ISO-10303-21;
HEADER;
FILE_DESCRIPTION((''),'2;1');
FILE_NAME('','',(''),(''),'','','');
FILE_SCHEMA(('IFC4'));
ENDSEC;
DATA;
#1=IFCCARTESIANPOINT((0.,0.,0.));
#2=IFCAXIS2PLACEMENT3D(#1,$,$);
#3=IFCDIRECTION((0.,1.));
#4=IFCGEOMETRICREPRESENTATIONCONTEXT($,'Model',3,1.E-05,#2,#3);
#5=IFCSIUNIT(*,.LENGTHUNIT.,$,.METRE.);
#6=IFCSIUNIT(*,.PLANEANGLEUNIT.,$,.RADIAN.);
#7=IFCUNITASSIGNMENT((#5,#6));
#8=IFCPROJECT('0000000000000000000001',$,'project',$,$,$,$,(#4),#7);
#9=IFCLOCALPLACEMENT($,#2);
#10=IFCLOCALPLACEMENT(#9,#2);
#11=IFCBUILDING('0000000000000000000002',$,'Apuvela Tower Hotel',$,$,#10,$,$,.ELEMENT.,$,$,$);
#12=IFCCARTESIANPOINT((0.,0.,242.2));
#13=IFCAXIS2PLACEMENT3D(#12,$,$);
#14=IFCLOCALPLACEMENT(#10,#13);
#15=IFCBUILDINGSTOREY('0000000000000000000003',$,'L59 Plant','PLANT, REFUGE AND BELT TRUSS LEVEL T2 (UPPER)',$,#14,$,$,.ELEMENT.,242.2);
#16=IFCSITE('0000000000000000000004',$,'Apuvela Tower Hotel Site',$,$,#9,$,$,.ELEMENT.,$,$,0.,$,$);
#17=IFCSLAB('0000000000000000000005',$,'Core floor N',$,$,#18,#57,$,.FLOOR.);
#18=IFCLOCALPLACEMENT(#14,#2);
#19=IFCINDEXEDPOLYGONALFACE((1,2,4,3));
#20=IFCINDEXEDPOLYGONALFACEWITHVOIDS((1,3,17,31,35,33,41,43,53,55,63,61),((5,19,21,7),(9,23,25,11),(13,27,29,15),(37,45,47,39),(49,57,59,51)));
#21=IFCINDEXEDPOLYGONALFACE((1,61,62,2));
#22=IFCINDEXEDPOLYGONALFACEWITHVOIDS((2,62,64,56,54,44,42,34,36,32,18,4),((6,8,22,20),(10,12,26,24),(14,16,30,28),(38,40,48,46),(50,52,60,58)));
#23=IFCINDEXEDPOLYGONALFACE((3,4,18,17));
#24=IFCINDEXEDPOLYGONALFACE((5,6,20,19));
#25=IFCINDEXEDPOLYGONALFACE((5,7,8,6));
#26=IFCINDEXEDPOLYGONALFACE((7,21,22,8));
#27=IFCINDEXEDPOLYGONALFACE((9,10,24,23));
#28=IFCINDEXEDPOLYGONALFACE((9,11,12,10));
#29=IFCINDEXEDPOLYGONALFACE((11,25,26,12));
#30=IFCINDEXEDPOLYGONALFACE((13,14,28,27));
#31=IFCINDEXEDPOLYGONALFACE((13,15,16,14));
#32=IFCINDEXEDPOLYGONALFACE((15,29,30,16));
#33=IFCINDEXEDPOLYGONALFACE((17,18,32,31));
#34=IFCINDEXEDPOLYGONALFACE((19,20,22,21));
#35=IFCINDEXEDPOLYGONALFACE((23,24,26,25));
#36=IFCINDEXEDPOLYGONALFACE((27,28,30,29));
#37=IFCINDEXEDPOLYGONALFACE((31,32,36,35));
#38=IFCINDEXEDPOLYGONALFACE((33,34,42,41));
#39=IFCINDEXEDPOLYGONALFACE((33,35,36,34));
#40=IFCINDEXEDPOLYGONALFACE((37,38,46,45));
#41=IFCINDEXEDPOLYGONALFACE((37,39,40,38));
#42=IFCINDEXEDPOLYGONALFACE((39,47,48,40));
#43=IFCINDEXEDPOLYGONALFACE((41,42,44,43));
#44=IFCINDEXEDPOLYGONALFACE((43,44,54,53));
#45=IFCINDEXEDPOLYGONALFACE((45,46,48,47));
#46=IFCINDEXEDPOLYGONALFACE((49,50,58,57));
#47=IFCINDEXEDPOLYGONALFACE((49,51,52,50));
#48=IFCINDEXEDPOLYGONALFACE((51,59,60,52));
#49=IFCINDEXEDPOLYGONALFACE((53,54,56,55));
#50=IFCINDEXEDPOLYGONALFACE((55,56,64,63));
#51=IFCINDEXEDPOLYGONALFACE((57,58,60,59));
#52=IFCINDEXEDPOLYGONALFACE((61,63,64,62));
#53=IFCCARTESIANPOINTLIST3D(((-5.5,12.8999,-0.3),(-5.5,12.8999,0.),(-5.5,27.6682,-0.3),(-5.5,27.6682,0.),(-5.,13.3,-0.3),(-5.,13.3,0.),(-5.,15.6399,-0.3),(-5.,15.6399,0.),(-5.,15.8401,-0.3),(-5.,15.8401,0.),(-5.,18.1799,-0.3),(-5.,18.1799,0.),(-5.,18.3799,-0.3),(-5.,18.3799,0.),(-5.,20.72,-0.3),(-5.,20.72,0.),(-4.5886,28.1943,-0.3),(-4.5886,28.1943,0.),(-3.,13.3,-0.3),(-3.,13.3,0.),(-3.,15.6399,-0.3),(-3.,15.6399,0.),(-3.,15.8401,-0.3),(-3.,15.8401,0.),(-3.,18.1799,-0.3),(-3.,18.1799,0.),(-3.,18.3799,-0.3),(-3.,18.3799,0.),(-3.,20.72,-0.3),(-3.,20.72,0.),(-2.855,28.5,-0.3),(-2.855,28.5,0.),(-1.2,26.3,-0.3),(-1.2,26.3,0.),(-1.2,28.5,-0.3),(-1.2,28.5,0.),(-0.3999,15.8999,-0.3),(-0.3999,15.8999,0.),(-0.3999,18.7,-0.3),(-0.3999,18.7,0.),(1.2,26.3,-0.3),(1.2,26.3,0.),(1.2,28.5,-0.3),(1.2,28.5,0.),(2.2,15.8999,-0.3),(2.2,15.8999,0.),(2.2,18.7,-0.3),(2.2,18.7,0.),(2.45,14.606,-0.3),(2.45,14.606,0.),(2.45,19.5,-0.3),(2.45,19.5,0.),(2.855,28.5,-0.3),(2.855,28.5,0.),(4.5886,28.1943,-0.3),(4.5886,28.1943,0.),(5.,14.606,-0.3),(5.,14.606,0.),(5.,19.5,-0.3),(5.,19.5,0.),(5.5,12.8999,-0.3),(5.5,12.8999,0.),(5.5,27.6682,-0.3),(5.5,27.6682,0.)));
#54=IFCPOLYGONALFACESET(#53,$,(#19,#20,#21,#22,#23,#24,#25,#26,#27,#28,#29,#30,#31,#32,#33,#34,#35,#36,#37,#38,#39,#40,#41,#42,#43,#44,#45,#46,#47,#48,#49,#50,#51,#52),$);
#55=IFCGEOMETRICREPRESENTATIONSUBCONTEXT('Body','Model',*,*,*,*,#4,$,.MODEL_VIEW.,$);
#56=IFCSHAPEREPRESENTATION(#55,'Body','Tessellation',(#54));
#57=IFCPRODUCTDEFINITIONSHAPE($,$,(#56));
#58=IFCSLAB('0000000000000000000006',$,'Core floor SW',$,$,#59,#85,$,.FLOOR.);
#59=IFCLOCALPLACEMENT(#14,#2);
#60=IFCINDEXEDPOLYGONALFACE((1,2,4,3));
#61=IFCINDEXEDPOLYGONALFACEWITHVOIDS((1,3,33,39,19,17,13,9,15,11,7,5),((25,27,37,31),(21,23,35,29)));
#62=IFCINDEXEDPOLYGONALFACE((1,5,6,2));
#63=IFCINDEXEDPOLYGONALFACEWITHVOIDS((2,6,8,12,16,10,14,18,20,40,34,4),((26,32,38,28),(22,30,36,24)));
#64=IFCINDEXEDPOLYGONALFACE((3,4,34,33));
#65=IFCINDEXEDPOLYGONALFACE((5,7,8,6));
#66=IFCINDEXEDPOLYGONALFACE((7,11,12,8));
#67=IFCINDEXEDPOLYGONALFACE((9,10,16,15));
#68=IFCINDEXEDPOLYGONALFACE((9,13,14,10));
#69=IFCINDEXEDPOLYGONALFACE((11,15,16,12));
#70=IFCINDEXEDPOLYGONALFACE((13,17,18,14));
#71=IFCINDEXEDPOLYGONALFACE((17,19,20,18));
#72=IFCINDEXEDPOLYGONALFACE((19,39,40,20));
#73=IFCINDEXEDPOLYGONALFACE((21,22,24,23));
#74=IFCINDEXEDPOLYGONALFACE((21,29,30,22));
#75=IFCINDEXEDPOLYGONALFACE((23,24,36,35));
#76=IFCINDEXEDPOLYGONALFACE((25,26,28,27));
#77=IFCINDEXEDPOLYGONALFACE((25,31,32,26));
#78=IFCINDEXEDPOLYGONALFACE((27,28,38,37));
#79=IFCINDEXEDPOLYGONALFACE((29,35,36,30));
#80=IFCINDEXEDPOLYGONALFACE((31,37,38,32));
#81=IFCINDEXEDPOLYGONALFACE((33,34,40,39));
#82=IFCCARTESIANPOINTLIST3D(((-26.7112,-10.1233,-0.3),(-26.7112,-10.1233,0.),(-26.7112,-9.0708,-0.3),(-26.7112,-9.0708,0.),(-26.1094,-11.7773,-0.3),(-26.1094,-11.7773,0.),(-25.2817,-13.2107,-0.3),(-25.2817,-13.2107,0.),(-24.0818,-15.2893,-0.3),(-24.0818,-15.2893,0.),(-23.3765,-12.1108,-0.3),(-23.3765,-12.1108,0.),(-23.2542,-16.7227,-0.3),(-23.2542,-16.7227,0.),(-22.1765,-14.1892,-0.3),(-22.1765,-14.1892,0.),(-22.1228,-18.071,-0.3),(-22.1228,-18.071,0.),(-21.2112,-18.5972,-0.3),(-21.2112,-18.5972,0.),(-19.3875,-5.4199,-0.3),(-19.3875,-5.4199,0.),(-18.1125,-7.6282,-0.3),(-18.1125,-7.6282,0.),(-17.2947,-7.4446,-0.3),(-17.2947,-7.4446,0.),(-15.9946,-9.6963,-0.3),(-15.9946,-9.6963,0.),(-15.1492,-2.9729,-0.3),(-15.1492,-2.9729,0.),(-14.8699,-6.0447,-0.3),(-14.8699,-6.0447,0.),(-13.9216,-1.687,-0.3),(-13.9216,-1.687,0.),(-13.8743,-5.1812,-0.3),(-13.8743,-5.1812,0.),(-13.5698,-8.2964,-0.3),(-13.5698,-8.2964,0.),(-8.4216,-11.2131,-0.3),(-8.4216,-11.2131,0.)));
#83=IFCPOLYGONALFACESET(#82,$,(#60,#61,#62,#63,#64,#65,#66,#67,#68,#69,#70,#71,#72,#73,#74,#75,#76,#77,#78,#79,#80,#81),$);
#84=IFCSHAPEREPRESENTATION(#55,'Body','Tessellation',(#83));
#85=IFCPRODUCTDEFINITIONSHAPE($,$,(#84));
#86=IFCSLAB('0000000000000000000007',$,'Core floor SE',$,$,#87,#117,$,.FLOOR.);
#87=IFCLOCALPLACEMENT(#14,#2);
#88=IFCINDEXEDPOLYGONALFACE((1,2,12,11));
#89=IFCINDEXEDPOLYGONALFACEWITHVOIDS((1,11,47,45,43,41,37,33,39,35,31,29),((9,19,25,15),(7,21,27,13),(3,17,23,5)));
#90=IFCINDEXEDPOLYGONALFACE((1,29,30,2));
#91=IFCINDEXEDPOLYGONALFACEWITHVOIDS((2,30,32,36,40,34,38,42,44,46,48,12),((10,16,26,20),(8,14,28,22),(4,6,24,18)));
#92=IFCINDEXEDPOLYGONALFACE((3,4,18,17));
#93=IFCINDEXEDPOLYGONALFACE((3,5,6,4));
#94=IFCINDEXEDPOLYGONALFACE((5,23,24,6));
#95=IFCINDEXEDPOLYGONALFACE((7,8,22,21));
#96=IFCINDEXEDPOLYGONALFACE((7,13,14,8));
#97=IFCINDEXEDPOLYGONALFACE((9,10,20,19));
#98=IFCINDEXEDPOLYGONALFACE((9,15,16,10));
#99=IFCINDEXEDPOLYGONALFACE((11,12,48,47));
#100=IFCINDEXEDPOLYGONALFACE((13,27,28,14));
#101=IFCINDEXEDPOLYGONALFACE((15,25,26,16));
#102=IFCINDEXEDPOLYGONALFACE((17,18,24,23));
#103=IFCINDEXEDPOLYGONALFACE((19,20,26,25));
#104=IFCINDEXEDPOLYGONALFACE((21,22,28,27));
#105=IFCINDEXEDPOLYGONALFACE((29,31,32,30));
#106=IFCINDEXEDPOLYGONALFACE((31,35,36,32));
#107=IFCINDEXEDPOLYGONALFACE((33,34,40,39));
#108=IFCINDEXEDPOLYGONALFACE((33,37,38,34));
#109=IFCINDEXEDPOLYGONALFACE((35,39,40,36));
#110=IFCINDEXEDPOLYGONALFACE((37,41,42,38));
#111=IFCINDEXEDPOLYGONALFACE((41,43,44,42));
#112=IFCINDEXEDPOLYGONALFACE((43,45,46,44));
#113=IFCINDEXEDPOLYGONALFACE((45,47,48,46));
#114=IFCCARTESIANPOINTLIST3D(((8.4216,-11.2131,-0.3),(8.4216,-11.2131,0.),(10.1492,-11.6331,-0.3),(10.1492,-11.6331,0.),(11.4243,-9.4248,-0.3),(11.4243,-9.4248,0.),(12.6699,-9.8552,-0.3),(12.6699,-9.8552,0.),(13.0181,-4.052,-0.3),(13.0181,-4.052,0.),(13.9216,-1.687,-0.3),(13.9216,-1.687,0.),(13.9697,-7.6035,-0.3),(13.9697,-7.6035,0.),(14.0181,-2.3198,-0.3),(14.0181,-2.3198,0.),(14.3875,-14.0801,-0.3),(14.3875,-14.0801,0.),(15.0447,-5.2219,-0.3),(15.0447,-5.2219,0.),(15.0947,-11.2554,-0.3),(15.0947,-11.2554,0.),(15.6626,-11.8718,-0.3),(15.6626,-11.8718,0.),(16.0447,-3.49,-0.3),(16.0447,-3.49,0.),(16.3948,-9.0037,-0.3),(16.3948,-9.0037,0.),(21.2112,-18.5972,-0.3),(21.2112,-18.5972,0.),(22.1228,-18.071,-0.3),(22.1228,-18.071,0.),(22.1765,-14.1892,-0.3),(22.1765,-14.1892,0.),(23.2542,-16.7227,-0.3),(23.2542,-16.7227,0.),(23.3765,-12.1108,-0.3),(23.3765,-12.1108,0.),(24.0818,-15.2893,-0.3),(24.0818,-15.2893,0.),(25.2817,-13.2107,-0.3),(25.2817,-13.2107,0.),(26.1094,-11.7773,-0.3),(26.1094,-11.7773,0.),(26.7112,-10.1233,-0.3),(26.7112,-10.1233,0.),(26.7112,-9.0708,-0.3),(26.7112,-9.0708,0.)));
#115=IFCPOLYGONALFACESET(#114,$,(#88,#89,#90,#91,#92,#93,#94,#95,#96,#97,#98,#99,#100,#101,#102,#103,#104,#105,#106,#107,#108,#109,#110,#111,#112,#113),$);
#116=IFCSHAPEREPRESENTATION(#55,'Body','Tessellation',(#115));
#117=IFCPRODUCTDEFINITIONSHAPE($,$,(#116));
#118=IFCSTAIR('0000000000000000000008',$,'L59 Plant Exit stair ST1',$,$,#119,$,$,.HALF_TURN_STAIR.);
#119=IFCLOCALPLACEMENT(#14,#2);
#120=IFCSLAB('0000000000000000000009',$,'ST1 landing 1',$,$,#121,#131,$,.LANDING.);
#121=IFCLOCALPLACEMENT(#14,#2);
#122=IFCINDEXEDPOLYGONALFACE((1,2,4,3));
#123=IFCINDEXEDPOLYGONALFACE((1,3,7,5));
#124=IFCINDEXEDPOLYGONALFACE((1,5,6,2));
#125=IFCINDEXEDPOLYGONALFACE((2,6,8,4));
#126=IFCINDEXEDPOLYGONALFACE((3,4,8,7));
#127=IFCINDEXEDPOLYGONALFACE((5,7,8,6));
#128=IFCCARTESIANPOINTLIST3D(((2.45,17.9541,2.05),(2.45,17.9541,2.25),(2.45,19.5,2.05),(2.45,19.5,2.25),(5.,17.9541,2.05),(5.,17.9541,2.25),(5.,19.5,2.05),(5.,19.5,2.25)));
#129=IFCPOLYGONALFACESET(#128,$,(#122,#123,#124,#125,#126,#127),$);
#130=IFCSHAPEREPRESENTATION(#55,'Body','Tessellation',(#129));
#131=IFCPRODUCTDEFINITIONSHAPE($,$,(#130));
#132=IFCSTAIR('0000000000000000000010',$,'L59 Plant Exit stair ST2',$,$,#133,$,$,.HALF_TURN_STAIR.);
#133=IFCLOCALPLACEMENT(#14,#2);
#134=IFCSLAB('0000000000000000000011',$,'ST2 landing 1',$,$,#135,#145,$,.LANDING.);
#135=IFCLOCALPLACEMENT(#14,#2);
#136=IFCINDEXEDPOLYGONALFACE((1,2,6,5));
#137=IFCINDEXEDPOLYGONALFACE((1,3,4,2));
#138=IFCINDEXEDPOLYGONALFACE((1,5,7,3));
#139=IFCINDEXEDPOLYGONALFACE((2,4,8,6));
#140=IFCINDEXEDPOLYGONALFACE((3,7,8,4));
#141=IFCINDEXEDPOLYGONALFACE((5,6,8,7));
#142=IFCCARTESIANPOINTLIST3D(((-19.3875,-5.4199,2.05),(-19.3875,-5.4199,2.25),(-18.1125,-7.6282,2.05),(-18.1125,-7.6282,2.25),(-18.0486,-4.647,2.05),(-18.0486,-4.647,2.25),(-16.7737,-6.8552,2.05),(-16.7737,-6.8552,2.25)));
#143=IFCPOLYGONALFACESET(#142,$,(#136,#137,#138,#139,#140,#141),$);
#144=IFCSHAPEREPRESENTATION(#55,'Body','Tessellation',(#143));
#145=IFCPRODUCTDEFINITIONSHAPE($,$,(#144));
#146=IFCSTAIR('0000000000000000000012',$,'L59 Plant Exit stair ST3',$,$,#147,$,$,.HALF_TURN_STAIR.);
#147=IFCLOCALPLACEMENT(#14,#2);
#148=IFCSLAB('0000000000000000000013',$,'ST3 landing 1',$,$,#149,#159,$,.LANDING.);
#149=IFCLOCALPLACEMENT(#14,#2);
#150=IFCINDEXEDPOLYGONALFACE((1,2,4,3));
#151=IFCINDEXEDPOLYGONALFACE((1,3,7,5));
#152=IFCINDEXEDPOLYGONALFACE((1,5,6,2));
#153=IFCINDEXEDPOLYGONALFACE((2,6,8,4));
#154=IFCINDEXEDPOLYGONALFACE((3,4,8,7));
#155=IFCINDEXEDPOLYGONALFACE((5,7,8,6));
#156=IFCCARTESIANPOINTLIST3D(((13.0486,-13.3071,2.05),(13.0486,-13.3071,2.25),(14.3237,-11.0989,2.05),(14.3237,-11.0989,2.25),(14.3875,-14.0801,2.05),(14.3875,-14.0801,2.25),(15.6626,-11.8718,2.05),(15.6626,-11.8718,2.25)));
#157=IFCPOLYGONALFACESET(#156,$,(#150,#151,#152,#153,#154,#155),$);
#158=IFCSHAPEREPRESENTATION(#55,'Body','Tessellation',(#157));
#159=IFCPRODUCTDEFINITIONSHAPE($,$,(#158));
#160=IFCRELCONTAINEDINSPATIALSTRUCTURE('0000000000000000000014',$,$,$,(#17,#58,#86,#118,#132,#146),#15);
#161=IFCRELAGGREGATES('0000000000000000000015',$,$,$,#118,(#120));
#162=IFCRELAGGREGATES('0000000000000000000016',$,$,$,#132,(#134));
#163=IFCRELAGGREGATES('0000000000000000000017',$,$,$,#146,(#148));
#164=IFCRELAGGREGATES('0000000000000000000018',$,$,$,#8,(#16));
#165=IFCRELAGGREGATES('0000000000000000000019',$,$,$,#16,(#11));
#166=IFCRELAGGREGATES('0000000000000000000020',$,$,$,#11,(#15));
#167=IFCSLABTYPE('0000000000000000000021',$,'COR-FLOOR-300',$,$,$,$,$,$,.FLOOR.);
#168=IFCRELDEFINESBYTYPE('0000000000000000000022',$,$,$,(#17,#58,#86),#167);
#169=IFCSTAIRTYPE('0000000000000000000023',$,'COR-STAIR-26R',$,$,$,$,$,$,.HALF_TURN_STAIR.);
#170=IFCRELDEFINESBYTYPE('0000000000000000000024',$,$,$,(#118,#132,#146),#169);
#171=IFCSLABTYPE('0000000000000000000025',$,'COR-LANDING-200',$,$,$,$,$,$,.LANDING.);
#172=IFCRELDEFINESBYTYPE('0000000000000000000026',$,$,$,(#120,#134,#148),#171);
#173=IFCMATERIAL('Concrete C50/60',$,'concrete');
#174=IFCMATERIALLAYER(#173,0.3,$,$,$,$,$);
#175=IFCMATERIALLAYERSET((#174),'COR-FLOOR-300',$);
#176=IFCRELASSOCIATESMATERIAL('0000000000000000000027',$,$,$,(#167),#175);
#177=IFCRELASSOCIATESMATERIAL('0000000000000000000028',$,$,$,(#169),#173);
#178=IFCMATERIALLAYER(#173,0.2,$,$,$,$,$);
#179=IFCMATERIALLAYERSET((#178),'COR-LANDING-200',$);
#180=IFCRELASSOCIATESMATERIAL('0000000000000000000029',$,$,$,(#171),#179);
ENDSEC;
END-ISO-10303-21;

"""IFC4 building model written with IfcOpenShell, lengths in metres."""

from ifc_helpers import new_model, si_unit, direction, frame, origin, place, context, subcontext, project, spatial, polyline, outline, extrude, material, layer, layer_set, type_object, element, aggregate, save


model = new_model("IFC4")

# Units and contexts
model_context = context("Model", 3, precision=1e-05, world=origin(), true_north=direction((0.0, 1.0)))
body_context = subcontext(model_context, "Body", "Model", "MODEL_VIEW")
ifc_project = project(units=[si_unit("LENGTHUNIT", "METRE"), si_unit("PLANEANGLEUNIT", "RADIAN")], contexts=[model_context])

# Site, building, storey
site_placement = place(None, origin())
site = spatial("IfcSite", under=ifc_project, at=site_placement, Name="Apuvela Tower Hotel Site", CompositionType="ELEMENT", RefElevation=0.0)
building_placement = place(site_placement, origin())
building = spatial("IfcBuilding", under=site, at=building_placement, Name="Apuvela Tower Hotel", CompositionType="ELEMENT")
storey_placement = place(building_placement, frame((0.0, 0.0, 242.2)))
storey = spatial("IfcBuildingStorey", under=building, at=storey_placement, Name="L59 Plant", Description="PLANT, REFUGE AND BELT TRUSS LEVEL T2 (UPPER)", CompositionType="ELEMENT", Elevation=242.2)

# Slabs
ifc_material_1 = material(Name="Concrete C50/60", Category="concrete")
ifc_layer_1 = layer(ifc_material_1, 0.3)
ifc_layer_set_1 = layer_set([ifc_layer_1], Name="COR-FLOOR-300")
slab_type_1 = type_object("IfcSlabType", Name="COR-FLOOR-300", PredefinedType="FLOOR", material=ifc_layer_set_1)
slab_1_placement = place(storey_placement, frame((0.0, 0.0, -0.3)))
element("IfcSlab", 1, at=slab_1_placement, inside=storey, type_object=slab_type_1, Name="Core floor N", PredefinedType="FLOOR", context=body_context, shape_type="SweptSolid", body=[
    extrude(outline(polyline([(5.5, 27.6682), (4.5886, 28.1943), (2.855, 28.5), (1.2, 28.5), (1.2, 26.3), (-1.2, 26.3), (-1.2, 28.5), (-2.855, 28.5), (-4.5886, 28.1943), (-5.5, 27.6682), (-5.5, 12.8999), (5.5, 12.8999), (5.5, 27.6682)]), holes=[polyline([(-3.0, 13.3), (-5.0, 13.3), (-5.0, 15.6399), (-3.0, 15.6399), (-3.0, 13.3)]), polyline([(-3.0, 15.8401), (-5.0, 15.8401), (-5.0, 18.1799), (-3.0, 18.1799), (-3.0, 15.8401)]), polyline([(5.0, 14.606), (2.45, 14.606), (2.45, 19.5), (5.0, 19.5), (5.0, 14.606)]), polyline([(2.2, 18.7), (2.2, 15.8999), (-0.3999, 15.8999), (-0.3999, 18.7), (2.2, 18.7)]), polyline([(-3.0, 20.72), (-3.0, 18.3799), (-5.0, 18.3799), (-5.0, 20.72), (-3.0, 20.72)])]), origin(), (0.0, 0.0, 1.0), 0.3),
])
slab_2_placement = place(storey_placement, frame((0.0, 0.0, -0.3)))
element("IfcSlab", 2, at=slab_2_placement, inside=storey, type_object=slab_type_1, Name="Core floor SW", PredefinedType="FLOOR", context=body_context, shape_type="SweptSolid", body=[
    extrude(outline(polyline([(-26.7112, -9.0708), (-26.7112, -10.1233), (-26.1094, -11.7773), (-25.2817, -13.2107), (-23.3765, -12.1108), (-22.1765, -14.1892), (-24.0818, -15.2893), (-23.2542, -16.7227), (-22.1228, -18.071), (-21.2112, -18.5972), (-8.4216, -11.2131), (-13.9216, -1.687), (-26.7112, -9.0708)]), holes=[polyline([(-13.8743, -5.1812), (-18.1125, -7.6282), (-19.3875, -5.4199), (-15.1492, -2.9729), (-13.8743, -5.1812)]), polyline([(-13.5698, -8.2964), (-15.9946, -9.6963), (-17.2947, -7.4446), (-14.8699, -6.0447), (-13.5698, -8.2964)])]), origin(), (0.0, 0.0, 1.0), 0.3),
])
slab_3_placement = place(storey_placement, frame((0.0, 0.0, -0.3)))
element("IfcSlab", 3, at=slab_3_placement, inside=storey, type_object=slab_type_1, Name="Core floor SE", PredefinedType="FLOOR", context=body_context, shape_type="SweptSolid", body=[
    extrude(outline(polyline([(21.2112, -18.5972), (22.1228, -18.071), (23.2542, -16.7227), (24.0818, -15.2893), (22.1765, -14.1892), (23.3765, -12.1108), (25.2817, -13.2107), (26.1094, -11.7773), (26.7112, -10.1233), (26.7112, -9.0708), (13.9216, -1.687), (8.4216, -11.2131), (21.2112, -18.5972)]), holes=[polyline([(14.0181, -2.3198), (16.0447, -3.49), (15.0447, -5.2219), (13.0181, -4.052), (14.0181, -2.3198)]), polyline([(10.1492, -11.6331), (11.4243, -9.4248), (15.6626, -11.8718), (14.3875, -14.0801), (10.1492, -11.6331)]), polyline([(12.6699, -9.8552), (13.9697, -7.6035), (16.3948, -9.0037), (15.0947, -11.2554), (12.6699, -9.8552)])]), origin(), (0.0, 0.0, 1.0), 0.3),
])

# Stairs, slabs
stair_type = type_object("IfcStairType", Name="COR-STAIR-26R", PredefinedType="HALF_TURN_STAIR", material=ifc_material_1)
stair_1_placement = place(storey_placement, origin())
stair_1 = element("IfcStair", 4, at=stair_1_placement, inside=storey, type_object=stair_type, Name="L59 Plant Exit stair ST1", PredefinedType="HALF_TURN_STAIR")
ifc_layer_2 = layer(ifc_material_1, 0.2)
ifc_layer_set_2 = layer_set([ifc_layer_2], Name="COR-LANDING-200")
slab_type_2 = type_object("IfcSlabType", Name="COR-LANDING-200", PredefinedType="LANDING", material=ifc_layer_set_2)
slab_4_placement = place(storey_placement, frame((0.0, 0.0, 2.05)))
slab_4 = element("IfcSlab", 5, at=slab_4_placement, type_object=slab_type_2, Name="ST1 landing 1", PredefinedType="LANDING", context=body_context, shape_type="SweptSolid", body=[
    extrude(outline(polyline([(5.0, 17.9541), (5.0, 19.5), (2.45, 19.5), (2.45, 17.9541), (5.0, 17.9541)])), origin(), (0.0, 0.0, 1.0), 0.2),
])
aggregate(stair_1, [slab_4])
stair_2_placement = place(storey_placement, origin())
stair_2 = element("IfcStair", 6, at=stair_2_placement, inside=storey, type_object=stair_type, Name="L59 Plant Exit stair ST2", PredefinedType="HALF_TURN_STAIR")
slab_5_placement = place(storey_placement, frame((0.0, 0.0, 2.05)))
slab_5 = element("IfcSlab", 7, at=slab_5_placement, type_object=slab_type_2, Name="ST2 landing 1", PredefinedType="LANDING", context=body_context, shape_type="SweptSolid", body=[
    extrude(outline(polyline([(-18.0486, -4.647), (-19.3875, -5.4199), (-18.1125, -7.6282), (-16.7737, -6.8552), (-18.0486, -4.647)])), origin(), (0.0, 0.0, 1.0), 0.2),
])
aggregate(stair_2, [slab_5])
stair_3_placement = place(storey_placement, origin())
stair_3 = element("IfcStair", 8, at=stair_3_placement, inside=storey, type_object=stair_type, Name="L59 Plant Exit stair ST3", PredefinedType="HALF_TURN_STAIR")
slab_6_placement = place(storey_placement, frame((0.0, 0.0, 2.05)))
slab_6 = element("IfcSlab", 9, at=slab_6_placement, type_object=slab_type_2, Name="ST3 landing 1", PredefinedType="LANDING", context=body_context, shape_type="SweptSolid", body=[
    extrude(outline(polyline([(13.0486, -13.3071), (14.3875, -14.0801), (15.6626, -11.8718), (14.3237, -11.0989), (13.0486, -13.3071)])), origin(), (0.0, 0.0, 1.0), 0.2),
])
aggregate(stair_3, [slab_6])

save(model, "model.ifc")
